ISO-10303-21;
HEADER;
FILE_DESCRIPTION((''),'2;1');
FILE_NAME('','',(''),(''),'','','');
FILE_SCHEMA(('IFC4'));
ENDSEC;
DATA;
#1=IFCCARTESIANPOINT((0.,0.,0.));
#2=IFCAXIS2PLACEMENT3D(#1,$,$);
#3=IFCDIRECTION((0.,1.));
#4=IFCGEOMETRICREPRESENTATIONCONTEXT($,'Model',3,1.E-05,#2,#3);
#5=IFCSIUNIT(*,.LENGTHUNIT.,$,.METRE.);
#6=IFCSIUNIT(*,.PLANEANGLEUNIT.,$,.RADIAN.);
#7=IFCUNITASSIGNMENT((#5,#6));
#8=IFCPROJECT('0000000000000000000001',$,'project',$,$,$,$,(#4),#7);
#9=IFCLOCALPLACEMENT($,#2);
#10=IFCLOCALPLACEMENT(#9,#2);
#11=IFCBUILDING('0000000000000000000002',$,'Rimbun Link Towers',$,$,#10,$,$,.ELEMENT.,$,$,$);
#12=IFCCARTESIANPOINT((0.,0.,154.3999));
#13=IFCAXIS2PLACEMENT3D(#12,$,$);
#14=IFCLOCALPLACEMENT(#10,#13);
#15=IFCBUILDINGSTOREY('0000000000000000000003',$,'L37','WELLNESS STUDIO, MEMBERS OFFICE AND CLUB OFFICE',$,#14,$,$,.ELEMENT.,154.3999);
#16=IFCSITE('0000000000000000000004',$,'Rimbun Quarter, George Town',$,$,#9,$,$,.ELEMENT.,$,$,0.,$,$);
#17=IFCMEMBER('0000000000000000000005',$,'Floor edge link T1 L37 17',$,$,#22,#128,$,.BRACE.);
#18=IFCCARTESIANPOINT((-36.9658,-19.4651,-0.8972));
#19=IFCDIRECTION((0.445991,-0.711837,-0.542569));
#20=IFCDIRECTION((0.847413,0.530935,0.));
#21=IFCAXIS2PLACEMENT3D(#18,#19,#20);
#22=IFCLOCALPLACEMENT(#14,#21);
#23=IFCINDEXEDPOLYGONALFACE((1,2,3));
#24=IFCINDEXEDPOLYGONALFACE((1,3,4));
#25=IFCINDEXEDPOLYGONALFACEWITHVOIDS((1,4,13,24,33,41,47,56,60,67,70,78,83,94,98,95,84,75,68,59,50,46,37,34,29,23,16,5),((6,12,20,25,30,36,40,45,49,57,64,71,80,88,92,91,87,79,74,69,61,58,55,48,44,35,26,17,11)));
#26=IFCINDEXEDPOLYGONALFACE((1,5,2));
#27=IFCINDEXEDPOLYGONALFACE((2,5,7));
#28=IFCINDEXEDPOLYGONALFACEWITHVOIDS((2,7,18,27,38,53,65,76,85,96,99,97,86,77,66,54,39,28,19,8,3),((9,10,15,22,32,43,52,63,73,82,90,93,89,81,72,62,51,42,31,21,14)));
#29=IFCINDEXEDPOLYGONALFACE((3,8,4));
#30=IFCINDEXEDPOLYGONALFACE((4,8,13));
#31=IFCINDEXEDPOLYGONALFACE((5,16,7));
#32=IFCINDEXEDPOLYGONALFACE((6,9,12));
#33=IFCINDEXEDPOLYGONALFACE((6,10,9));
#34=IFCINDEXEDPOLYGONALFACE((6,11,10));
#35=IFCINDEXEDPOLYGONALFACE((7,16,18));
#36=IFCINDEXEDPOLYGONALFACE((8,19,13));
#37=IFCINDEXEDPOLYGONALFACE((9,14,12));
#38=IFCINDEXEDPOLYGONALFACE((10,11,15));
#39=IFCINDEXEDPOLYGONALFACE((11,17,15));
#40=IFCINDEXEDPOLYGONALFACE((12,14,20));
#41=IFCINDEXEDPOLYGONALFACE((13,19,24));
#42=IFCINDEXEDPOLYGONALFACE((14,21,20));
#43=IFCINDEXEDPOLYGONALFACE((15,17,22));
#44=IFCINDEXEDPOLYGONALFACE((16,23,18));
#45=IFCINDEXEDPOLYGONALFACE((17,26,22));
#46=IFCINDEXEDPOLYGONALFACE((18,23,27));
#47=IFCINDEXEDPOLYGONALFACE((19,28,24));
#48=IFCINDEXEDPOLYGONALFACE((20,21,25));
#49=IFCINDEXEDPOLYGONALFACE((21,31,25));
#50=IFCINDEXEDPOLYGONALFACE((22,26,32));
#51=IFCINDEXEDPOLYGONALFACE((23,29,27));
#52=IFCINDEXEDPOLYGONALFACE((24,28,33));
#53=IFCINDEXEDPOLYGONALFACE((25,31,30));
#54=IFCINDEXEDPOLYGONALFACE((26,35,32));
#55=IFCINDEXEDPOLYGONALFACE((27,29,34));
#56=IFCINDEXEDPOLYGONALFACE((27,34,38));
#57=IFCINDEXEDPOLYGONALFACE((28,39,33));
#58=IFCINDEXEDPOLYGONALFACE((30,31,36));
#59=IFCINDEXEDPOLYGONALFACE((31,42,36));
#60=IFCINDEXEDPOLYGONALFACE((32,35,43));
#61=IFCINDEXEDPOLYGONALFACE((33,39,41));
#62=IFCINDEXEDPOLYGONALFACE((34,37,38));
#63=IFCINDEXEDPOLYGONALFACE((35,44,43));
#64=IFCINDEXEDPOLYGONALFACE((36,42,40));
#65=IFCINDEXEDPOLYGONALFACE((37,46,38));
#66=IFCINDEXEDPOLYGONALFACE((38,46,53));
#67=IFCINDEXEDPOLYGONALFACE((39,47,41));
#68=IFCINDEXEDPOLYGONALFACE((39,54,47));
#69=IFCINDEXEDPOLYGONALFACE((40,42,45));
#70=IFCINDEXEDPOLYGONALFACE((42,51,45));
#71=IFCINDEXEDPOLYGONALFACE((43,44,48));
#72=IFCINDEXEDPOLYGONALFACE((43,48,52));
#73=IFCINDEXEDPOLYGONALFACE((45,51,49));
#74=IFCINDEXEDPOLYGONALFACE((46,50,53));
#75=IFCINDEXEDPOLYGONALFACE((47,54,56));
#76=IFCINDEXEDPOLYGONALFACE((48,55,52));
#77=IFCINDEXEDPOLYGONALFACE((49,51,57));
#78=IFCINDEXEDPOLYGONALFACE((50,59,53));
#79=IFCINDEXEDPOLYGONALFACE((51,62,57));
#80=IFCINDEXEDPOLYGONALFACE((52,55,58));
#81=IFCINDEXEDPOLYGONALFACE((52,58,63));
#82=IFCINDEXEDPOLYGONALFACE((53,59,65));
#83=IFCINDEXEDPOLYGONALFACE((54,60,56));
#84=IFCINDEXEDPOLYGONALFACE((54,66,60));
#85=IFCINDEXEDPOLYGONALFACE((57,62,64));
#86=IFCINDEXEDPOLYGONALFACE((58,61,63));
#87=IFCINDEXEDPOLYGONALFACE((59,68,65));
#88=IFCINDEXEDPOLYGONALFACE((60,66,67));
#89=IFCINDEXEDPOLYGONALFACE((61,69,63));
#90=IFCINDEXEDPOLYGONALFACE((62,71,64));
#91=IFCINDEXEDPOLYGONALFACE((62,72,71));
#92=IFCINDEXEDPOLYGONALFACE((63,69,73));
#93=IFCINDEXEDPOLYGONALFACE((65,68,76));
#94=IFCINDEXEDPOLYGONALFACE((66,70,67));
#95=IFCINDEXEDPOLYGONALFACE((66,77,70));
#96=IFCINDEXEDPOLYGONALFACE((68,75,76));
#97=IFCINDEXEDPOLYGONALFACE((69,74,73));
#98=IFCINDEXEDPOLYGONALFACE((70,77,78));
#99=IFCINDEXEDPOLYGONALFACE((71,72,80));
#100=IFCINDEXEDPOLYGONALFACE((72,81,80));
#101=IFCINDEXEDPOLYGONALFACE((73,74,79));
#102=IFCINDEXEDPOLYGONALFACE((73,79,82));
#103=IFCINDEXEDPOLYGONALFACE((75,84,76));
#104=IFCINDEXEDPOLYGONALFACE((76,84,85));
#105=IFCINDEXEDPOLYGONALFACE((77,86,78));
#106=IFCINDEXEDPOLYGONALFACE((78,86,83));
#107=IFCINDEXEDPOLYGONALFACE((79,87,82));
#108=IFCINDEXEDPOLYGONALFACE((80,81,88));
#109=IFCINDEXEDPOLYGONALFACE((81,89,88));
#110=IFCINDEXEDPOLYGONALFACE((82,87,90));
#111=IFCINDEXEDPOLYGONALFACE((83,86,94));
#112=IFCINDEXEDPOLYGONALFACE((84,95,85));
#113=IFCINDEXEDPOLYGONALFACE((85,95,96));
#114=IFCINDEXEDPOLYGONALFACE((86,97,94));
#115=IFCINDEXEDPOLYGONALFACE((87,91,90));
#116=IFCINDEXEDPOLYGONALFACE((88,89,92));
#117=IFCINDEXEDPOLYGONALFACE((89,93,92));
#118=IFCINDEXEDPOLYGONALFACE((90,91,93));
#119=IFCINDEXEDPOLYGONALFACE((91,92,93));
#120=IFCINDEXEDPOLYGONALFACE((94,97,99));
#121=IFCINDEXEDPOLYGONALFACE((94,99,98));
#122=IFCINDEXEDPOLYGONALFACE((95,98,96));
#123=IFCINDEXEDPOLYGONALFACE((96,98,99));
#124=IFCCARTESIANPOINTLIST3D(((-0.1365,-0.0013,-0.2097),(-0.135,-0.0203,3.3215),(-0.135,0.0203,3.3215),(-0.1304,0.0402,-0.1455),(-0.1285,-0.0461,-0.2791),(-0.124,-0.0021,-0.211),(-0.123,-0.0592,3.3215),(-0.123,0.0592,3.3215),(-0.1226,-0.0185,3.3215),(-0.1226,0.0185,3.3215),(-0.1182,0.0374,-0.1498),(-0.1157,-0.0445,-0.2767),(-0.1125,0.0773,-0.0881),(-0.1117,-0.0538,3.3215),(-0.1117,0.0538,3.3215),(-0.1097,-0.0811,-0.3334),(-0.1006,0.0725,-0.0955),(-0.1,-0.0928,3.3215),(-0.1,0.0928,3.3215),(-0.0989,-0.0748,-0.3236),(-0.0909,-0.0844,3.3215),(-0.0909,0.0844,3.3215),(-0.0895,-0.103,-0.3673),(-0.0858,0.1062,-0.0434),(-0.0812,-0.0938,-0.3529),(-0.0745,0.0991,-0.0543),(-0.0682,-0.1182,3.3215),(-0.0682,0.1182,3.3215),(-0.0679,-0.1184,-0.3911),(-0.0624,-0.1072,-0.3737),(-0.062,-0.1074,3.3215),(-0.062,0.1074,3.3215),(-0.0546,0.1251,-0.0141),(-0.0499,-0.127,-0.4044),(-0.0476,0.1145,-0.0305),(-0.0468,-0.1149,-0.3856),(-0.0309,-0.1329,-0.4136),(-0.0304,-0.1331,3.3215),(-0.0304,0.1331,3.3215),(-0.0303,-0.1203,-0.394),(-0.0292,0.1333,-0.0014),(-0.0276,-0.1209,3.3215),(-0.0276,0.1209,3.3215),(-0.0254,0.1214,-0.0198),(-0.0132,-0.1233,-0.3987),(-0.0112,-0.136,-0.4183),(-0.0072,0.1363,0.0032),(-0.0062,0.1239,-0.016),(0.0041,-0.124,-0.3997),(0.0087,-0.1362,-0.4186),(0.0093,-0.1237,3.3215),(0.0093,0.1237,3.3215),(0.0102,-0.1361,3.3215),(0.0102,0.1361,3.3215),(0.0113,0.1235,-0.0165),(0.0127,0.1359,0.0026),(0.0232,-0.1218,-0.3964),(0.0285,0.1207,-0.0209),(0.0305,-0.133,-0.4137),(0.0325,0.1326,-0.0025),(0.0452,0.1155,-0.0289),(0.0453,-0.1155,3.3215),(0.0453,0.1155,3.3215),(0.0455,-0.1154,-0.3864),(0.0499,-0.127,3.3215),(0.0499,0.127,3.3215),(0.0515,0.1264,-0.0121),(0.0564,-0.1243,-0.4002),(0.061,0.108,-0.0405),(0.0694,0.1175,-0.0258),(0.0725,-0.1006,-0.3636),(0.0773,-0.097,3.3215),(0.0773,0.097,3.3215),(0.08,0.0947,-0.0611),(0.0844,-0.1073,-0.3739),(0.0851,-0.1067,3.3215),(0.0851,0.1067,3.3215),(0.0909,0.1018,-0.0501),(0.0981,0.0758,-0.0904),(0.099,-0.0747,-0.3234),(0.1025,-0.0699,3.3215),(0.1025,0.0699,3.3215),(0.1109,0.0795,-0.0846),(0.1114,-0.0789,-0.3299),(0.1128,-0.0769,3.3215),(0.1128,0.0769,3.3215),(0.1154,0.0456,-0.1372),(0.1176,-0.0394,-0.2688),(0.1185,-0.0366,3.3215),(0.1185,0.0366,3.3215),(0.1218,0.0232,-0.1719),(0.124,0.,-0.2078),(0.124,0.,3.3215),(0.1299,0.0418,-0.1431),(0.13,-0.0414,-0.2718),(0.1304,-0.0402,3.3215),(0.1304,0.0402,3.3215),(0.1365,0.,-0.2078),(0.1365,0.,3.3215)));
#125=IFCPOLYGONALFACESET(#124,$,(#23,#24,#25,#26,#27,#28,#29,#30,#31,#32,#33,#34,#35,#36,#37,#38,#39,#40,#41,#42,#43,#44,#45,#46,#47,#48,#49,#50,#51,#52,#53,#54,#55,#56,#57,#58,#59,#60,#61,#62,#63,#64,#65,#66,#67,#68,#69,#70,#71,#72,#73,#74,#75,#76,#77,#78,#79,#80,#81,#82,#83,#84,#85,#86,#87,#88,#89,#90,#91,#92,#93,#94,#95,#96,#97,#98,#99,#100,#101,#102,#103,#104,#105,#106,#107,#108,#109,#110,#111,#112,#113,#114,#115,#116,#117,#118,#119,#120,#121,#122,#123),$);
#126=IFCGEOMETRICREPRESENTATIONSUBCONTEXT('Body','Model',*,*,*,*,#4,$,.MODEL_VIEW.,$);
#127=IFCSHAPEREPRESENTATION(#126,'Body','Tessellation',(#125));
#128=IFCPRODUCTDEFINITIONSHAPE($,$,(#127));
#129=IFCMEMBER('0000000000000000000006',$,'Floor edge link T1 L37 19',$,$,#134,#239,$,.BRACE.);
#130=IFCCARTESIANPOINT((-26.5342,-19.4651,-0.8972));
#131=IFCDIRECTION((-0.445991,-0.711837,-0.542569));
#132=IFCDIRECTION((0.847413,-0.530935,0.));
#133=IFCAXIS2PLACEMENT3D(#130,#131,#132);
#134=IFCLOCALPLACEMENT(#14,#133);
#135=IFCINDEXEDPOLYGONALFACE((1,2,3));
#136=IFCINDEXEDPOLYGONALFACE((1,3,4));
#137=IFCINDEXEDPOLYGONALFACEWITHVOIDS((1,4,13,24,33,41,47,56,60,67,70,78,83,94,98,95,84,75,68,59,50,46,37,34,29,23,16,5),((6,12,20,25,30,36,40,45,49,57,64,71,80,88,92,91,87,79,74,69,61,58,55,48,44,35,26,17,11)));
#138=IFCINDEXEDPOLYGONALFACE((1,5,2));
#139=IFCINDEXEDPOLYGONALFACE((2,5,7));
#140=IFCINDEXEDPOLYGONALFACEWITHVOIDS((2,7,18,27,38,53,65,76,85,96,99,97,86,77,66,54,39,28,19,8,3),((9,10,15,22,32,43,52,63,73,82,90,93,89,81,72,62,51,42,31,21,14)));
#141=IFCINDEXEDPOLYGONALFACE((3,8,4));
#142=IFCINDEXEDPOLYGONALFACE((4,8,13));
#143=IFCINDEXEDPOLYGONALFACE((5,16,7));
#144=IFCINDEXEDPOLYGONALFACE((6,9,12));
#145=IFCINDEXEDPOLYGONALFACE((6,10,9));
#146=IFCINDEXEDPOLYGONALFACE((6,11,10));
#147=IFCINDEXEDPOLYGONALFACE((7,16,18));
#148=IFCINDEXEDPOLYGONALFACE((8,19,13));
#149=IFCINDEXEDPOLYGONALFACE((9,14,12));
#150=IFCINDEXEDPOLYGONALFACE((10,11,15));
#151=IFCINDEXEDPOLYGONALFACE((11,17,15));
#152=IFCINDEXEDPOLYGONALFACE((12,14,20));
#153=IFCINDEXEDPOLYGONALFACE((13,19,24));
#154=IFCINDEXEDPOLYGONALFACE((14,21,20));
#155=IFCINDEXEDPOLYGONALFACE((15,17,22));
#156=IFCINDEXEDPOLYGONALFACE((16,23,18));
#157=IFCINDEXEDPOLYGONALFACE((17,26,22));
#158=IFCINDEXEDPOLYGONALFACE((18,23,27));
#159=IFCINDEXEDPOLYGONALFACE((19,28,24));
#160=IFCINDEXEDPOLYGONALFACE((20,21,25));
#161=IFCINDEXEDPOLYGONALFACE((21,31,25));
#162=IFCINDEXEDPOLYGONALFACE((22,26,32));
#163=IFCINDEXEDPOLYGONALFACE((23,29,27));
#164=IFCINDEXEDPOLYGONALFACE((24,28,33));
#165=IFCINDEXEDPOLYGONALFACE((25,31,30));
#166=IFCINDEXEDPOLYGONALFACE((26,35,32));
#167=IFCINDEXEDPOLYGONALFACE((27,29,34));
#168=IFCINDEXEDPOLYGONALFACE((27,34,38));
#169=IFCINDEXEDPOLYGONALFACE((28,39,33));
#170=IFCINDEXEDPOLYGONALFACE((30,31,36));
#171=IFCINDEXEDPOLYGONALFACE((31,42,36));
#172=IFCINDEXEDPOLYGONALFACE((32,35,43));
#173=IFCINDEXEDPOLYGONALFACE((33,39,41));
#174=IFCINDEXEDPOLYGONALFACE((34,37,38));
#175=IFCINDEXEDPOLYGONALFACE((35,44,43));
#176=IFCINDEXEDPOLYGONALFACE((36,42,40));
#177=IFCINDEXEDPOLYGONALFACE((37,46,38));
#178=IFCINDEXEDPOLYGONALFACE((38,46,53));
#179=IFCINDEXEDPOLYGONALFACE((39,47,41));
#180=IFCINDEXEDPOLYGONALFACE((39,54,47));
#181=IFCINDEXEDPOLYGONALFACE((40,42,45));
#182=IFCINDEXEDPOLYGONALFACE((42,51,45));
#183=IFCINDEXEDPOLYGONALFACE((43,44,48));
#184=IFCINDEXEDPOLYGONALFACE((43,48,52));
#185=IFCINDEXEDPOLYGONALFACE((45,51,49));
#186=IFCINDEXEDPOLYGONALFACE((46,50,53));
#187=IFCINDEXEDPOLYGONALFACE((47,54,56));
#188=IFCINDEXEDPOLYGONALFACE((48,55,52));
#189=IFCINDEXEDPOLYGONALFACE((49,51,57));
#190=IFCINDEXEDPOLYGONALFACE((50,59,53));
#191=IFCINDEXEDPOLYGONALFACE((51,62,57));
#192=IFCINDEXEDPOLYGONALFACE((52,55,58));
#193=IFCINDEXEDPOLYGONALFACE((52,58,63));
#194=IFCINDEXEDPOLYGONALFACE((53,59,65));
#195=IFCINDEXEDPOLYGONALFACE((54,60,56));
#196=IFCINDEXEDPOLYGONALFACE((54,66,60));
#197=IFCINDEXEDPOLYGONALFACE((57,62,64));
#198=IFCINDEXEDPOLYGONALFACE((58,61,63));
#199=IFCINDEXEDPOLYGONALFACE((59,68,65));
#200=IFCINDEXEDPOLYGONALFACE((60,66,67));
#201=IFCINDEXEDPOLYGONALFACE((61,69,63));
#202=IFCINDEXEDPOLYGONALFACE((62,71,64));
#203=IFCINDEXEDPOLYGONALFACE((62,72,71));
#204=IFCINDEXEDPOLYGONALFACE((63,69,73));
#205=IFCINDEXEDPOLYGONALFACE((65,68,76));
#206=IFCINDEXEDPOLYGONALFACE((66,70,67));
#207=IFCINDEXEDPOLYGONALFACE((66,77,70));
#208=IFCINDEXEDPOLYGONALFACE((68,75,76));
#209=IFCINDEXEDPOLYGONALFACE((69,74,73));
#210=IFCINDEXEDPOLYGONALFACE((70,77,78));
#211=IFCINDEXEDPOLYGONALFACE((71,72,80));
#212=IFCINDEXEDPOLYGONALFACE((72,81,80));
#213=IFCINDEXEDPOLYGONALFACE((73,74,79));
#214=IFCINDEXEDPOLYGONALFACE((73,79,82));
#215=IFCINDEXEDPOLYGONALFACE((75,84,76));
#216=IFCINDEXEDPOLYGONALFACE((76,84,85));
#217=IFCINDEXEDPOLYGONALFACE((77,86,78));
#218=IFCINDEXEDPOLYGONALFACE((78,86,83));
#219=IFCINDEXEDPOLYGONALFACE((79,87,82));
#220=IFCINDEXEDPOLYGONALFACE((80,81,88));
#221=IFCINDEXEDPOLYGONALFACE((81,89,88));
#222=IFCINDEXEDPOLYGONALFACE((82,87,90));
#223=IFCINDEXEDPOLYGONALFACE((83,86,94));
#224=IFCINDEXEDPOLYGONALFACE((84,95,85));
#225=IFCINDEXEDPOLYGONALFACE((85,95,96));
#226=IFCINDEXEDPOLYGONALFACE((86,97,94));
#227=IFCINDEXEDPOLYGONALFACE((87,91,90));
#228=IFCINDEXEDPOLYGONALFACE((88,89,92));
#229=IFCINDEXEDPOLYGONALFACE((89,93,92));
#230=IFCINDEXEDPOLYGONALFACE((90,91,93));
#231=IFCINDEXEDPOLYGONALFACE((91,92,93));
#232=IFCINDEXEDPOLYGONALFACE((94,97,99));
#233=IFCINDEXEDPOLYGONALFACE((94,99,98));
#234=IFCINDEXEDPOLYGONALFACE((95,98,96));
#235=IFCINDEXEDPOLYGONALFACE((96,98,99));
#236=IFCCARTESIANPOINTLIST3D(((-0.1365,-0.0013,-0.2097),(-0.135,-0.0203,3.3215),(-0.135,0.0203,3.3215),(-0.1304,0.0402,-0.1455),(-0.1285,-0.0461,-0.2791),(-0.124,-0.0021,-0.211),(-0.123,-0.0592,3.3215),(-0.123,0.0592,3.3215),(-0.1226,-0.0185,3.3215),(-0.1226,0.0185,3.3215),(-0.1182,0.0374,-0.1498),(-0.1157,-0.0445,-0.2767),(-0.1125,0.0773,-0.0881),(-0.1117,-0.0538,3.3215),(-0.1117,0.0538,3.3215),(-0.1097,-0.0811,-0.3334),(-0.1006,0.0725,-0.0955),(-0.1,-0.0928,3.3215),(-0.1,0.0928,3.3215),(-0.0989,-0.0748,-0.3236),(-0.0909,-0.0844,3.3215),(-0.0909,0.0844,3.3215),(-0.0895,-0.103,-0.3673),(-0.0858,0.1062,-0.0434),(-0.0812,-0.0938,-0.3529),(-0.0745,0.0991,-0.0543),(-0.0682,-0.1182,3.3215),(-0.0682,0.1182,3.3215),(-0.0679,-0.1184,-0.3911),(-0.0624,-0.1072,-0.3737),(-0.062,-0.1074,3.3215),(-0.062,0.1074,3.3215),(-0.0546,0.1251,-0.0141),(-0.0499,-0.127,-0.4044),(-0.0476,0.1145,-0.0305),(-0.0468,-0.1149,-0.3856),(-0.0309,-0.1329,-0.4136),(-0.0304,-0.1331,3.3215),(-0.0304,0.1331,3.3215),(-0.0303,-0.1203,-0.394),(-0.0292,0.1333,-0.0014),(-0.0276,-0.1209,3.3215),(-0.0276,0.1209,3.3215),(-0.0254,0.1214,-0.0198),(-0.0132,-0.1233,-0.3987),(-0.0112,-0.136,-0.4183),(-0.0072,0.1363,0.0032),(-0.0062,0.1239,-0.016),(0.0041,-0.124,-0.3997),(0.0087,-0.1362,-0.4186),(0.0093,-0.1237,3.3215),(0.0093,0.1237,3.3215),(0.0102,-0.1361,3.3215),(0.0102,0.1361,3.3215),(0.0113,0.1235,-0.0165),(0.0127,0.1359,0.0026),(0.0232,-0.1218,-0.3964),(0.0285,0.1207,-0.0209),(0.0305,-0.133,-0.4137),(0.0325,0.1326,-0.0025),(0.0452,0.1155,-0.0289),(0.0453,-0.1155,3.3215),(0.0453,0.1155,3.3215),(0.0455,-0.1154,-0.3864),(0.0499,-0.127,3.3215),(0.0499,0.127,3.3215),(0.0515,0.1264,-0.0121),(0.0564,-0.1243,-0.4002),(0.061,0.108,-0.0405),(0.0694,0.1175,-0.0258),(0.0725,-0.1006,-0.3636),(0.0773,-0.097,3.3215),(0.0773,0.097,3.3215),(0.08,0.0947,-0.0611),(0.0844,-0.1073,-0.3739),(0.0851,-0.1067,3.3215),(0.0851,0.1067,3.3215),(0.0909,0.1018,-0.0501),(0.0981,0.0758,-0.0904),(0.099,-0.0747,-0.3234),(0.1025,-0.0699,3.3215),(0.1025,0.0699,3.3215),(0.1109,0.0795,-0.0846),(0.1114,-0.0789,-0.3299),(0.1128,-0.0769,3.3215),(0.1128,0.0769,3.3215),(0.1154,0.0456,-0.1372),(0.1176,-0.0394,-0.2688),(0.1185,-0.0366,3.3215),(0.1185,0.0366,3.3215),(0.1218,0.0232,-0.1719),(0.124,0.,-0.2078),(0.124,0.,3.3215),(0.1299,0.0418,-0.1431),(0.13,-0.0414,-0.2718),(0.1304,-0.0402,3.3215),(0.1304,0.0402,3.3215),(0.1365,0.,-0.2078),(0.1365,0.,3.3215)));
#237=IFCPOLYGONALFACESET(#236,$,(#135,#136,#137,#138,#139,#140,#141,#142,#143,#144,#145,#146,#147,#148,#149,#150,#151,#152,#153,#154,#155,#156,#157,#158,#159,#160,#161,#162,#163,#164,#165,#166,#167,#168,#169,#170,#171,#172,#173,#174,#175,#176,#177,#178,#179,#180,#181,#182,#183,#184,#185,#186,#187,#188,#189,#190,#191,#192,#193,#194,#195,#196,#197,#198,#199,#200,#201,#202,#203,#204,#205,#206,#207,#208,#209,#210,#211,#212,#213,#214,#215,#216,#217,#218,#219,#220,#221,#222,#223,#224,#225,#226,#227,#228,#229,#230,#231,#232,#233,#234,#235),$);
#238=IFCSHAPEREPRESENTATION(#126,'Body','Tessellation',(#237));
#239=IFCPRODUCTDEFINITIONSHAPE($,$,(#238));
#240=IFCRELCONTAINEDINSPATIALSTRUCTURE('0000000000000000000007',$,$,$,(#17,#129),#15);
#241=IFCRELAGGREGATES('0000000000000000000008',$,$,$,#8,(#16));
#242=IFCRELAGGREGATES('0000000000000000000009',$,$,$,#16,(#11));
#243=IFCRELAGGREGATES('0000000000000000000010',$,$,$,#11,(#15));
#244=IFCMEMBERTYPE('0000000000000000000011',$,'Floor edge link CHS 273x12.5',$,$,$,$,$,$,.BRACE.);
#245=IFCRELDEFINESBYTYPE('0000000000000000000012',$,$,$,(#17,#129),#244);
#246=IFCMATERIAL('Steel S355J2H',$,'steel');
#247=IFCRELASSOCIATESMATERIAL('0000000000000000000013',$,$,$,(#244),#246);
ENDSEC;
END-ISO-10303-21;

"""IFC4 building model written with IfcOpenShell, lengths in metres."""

from ifc_helpers import new_model, si_unit, direction, frame, origin, origin_2d, place, context, subcontext, project, spatial, hollow_circle, extrude, clip, halfspace, material, material_profile, profile_set, type_object, element, save


model = new_model("IFC4")

# Units and contexts
model_context = context("Model", 3, precision=1e-05, world=origin(), true_north=direction((0.0, 1.0)))
body_context = subcontext(model_context, "Body", "Model", "MODEL_VIEW")
ifc_project = project(units=[si_unit("LENGTHUNIT", "METRE"), si_unit("PLANEANGLEUNIT", "RADIAN")], contexts=[model_context])

# Site, building, storey
site_placement = place(None, origin())
site = spatial("IfcSite", under=ifc_project, at=site_placement, Name="Rimbun Quarter, George Town", CompositionType="ELEMENT", RefElevation=0.0)
building_placement = place(site_placement, origin())
building = spatial("IfcBuilding", under=site, at=building_placement, Name="Rimbun Link Towers", CompositionType="ELEMENT")
storey_placement = place(building_placement, frame((0.0, 0.0, 154.3999)))
storey = spatial("IfcBuildingStorey", under=building, at=storey_placement, Name="L37", Description="WELLNESS STUDIO, MEMBERS OFFICE AND CLUB OFFICE", CompositionType="ELEMENT", Elevation=154.3999)

# Members
ifc_material_1 = material(Name="Steel S355J2H", Category="steel")
ifc_material_profile_1 = material_profile(ifc_material_1, hollow_circle(Radius=0.1365, WallThickness=0.0125, at=origin_2d()), Name="CHS 273x12.5")
ifc_profile_set_1 = profile_set([ifc_material_profile_1], Name="Steel S355J2H")
member_type_1 = type_object("IfcMemberType", Name="Floor edge link CHS 273x12.5", PredefinedType="BRACE", material=ifc_profile_set_1)
for number, where, z_axis, x_axis, name in (
    (1, (-36.9658, -19.4651, -0.8972), (0.445991, -0.711837, -0.542569), (0.847413, 0.530935, 0.0), "Floor edge link T1 L37 17"),
    (2, (-26.5342, -19.4651, -0.8972), (-0.445991, -0.711837, -0.542569), (0.847413, -0.530935, 0.0), "Floor edge link T1 L37 19"),
):
    element("IfcMember", number, at=place(storey_placement, frame(where, z_axis=z_axis, x_axis=x_axis)), inside=storey, type_object=member_type_1, Name=name, PredefinedType="BRACE", context=body_context, shape_type="Clipping", body=[
        clip(extrude(hollow_circle(Radius=0.1365, WallThickness=0.0125, at=origin_2d()), frame((0.0, 0.0, -0.4412)), (0.0, 0.0, 1.0), 3.7627), halfspace(frame((0.0, 0.0, -0.2078), z_axis=(0.0, 0.840011, -0.542569)), False)),
    ])

save(model, "model.ifc")
